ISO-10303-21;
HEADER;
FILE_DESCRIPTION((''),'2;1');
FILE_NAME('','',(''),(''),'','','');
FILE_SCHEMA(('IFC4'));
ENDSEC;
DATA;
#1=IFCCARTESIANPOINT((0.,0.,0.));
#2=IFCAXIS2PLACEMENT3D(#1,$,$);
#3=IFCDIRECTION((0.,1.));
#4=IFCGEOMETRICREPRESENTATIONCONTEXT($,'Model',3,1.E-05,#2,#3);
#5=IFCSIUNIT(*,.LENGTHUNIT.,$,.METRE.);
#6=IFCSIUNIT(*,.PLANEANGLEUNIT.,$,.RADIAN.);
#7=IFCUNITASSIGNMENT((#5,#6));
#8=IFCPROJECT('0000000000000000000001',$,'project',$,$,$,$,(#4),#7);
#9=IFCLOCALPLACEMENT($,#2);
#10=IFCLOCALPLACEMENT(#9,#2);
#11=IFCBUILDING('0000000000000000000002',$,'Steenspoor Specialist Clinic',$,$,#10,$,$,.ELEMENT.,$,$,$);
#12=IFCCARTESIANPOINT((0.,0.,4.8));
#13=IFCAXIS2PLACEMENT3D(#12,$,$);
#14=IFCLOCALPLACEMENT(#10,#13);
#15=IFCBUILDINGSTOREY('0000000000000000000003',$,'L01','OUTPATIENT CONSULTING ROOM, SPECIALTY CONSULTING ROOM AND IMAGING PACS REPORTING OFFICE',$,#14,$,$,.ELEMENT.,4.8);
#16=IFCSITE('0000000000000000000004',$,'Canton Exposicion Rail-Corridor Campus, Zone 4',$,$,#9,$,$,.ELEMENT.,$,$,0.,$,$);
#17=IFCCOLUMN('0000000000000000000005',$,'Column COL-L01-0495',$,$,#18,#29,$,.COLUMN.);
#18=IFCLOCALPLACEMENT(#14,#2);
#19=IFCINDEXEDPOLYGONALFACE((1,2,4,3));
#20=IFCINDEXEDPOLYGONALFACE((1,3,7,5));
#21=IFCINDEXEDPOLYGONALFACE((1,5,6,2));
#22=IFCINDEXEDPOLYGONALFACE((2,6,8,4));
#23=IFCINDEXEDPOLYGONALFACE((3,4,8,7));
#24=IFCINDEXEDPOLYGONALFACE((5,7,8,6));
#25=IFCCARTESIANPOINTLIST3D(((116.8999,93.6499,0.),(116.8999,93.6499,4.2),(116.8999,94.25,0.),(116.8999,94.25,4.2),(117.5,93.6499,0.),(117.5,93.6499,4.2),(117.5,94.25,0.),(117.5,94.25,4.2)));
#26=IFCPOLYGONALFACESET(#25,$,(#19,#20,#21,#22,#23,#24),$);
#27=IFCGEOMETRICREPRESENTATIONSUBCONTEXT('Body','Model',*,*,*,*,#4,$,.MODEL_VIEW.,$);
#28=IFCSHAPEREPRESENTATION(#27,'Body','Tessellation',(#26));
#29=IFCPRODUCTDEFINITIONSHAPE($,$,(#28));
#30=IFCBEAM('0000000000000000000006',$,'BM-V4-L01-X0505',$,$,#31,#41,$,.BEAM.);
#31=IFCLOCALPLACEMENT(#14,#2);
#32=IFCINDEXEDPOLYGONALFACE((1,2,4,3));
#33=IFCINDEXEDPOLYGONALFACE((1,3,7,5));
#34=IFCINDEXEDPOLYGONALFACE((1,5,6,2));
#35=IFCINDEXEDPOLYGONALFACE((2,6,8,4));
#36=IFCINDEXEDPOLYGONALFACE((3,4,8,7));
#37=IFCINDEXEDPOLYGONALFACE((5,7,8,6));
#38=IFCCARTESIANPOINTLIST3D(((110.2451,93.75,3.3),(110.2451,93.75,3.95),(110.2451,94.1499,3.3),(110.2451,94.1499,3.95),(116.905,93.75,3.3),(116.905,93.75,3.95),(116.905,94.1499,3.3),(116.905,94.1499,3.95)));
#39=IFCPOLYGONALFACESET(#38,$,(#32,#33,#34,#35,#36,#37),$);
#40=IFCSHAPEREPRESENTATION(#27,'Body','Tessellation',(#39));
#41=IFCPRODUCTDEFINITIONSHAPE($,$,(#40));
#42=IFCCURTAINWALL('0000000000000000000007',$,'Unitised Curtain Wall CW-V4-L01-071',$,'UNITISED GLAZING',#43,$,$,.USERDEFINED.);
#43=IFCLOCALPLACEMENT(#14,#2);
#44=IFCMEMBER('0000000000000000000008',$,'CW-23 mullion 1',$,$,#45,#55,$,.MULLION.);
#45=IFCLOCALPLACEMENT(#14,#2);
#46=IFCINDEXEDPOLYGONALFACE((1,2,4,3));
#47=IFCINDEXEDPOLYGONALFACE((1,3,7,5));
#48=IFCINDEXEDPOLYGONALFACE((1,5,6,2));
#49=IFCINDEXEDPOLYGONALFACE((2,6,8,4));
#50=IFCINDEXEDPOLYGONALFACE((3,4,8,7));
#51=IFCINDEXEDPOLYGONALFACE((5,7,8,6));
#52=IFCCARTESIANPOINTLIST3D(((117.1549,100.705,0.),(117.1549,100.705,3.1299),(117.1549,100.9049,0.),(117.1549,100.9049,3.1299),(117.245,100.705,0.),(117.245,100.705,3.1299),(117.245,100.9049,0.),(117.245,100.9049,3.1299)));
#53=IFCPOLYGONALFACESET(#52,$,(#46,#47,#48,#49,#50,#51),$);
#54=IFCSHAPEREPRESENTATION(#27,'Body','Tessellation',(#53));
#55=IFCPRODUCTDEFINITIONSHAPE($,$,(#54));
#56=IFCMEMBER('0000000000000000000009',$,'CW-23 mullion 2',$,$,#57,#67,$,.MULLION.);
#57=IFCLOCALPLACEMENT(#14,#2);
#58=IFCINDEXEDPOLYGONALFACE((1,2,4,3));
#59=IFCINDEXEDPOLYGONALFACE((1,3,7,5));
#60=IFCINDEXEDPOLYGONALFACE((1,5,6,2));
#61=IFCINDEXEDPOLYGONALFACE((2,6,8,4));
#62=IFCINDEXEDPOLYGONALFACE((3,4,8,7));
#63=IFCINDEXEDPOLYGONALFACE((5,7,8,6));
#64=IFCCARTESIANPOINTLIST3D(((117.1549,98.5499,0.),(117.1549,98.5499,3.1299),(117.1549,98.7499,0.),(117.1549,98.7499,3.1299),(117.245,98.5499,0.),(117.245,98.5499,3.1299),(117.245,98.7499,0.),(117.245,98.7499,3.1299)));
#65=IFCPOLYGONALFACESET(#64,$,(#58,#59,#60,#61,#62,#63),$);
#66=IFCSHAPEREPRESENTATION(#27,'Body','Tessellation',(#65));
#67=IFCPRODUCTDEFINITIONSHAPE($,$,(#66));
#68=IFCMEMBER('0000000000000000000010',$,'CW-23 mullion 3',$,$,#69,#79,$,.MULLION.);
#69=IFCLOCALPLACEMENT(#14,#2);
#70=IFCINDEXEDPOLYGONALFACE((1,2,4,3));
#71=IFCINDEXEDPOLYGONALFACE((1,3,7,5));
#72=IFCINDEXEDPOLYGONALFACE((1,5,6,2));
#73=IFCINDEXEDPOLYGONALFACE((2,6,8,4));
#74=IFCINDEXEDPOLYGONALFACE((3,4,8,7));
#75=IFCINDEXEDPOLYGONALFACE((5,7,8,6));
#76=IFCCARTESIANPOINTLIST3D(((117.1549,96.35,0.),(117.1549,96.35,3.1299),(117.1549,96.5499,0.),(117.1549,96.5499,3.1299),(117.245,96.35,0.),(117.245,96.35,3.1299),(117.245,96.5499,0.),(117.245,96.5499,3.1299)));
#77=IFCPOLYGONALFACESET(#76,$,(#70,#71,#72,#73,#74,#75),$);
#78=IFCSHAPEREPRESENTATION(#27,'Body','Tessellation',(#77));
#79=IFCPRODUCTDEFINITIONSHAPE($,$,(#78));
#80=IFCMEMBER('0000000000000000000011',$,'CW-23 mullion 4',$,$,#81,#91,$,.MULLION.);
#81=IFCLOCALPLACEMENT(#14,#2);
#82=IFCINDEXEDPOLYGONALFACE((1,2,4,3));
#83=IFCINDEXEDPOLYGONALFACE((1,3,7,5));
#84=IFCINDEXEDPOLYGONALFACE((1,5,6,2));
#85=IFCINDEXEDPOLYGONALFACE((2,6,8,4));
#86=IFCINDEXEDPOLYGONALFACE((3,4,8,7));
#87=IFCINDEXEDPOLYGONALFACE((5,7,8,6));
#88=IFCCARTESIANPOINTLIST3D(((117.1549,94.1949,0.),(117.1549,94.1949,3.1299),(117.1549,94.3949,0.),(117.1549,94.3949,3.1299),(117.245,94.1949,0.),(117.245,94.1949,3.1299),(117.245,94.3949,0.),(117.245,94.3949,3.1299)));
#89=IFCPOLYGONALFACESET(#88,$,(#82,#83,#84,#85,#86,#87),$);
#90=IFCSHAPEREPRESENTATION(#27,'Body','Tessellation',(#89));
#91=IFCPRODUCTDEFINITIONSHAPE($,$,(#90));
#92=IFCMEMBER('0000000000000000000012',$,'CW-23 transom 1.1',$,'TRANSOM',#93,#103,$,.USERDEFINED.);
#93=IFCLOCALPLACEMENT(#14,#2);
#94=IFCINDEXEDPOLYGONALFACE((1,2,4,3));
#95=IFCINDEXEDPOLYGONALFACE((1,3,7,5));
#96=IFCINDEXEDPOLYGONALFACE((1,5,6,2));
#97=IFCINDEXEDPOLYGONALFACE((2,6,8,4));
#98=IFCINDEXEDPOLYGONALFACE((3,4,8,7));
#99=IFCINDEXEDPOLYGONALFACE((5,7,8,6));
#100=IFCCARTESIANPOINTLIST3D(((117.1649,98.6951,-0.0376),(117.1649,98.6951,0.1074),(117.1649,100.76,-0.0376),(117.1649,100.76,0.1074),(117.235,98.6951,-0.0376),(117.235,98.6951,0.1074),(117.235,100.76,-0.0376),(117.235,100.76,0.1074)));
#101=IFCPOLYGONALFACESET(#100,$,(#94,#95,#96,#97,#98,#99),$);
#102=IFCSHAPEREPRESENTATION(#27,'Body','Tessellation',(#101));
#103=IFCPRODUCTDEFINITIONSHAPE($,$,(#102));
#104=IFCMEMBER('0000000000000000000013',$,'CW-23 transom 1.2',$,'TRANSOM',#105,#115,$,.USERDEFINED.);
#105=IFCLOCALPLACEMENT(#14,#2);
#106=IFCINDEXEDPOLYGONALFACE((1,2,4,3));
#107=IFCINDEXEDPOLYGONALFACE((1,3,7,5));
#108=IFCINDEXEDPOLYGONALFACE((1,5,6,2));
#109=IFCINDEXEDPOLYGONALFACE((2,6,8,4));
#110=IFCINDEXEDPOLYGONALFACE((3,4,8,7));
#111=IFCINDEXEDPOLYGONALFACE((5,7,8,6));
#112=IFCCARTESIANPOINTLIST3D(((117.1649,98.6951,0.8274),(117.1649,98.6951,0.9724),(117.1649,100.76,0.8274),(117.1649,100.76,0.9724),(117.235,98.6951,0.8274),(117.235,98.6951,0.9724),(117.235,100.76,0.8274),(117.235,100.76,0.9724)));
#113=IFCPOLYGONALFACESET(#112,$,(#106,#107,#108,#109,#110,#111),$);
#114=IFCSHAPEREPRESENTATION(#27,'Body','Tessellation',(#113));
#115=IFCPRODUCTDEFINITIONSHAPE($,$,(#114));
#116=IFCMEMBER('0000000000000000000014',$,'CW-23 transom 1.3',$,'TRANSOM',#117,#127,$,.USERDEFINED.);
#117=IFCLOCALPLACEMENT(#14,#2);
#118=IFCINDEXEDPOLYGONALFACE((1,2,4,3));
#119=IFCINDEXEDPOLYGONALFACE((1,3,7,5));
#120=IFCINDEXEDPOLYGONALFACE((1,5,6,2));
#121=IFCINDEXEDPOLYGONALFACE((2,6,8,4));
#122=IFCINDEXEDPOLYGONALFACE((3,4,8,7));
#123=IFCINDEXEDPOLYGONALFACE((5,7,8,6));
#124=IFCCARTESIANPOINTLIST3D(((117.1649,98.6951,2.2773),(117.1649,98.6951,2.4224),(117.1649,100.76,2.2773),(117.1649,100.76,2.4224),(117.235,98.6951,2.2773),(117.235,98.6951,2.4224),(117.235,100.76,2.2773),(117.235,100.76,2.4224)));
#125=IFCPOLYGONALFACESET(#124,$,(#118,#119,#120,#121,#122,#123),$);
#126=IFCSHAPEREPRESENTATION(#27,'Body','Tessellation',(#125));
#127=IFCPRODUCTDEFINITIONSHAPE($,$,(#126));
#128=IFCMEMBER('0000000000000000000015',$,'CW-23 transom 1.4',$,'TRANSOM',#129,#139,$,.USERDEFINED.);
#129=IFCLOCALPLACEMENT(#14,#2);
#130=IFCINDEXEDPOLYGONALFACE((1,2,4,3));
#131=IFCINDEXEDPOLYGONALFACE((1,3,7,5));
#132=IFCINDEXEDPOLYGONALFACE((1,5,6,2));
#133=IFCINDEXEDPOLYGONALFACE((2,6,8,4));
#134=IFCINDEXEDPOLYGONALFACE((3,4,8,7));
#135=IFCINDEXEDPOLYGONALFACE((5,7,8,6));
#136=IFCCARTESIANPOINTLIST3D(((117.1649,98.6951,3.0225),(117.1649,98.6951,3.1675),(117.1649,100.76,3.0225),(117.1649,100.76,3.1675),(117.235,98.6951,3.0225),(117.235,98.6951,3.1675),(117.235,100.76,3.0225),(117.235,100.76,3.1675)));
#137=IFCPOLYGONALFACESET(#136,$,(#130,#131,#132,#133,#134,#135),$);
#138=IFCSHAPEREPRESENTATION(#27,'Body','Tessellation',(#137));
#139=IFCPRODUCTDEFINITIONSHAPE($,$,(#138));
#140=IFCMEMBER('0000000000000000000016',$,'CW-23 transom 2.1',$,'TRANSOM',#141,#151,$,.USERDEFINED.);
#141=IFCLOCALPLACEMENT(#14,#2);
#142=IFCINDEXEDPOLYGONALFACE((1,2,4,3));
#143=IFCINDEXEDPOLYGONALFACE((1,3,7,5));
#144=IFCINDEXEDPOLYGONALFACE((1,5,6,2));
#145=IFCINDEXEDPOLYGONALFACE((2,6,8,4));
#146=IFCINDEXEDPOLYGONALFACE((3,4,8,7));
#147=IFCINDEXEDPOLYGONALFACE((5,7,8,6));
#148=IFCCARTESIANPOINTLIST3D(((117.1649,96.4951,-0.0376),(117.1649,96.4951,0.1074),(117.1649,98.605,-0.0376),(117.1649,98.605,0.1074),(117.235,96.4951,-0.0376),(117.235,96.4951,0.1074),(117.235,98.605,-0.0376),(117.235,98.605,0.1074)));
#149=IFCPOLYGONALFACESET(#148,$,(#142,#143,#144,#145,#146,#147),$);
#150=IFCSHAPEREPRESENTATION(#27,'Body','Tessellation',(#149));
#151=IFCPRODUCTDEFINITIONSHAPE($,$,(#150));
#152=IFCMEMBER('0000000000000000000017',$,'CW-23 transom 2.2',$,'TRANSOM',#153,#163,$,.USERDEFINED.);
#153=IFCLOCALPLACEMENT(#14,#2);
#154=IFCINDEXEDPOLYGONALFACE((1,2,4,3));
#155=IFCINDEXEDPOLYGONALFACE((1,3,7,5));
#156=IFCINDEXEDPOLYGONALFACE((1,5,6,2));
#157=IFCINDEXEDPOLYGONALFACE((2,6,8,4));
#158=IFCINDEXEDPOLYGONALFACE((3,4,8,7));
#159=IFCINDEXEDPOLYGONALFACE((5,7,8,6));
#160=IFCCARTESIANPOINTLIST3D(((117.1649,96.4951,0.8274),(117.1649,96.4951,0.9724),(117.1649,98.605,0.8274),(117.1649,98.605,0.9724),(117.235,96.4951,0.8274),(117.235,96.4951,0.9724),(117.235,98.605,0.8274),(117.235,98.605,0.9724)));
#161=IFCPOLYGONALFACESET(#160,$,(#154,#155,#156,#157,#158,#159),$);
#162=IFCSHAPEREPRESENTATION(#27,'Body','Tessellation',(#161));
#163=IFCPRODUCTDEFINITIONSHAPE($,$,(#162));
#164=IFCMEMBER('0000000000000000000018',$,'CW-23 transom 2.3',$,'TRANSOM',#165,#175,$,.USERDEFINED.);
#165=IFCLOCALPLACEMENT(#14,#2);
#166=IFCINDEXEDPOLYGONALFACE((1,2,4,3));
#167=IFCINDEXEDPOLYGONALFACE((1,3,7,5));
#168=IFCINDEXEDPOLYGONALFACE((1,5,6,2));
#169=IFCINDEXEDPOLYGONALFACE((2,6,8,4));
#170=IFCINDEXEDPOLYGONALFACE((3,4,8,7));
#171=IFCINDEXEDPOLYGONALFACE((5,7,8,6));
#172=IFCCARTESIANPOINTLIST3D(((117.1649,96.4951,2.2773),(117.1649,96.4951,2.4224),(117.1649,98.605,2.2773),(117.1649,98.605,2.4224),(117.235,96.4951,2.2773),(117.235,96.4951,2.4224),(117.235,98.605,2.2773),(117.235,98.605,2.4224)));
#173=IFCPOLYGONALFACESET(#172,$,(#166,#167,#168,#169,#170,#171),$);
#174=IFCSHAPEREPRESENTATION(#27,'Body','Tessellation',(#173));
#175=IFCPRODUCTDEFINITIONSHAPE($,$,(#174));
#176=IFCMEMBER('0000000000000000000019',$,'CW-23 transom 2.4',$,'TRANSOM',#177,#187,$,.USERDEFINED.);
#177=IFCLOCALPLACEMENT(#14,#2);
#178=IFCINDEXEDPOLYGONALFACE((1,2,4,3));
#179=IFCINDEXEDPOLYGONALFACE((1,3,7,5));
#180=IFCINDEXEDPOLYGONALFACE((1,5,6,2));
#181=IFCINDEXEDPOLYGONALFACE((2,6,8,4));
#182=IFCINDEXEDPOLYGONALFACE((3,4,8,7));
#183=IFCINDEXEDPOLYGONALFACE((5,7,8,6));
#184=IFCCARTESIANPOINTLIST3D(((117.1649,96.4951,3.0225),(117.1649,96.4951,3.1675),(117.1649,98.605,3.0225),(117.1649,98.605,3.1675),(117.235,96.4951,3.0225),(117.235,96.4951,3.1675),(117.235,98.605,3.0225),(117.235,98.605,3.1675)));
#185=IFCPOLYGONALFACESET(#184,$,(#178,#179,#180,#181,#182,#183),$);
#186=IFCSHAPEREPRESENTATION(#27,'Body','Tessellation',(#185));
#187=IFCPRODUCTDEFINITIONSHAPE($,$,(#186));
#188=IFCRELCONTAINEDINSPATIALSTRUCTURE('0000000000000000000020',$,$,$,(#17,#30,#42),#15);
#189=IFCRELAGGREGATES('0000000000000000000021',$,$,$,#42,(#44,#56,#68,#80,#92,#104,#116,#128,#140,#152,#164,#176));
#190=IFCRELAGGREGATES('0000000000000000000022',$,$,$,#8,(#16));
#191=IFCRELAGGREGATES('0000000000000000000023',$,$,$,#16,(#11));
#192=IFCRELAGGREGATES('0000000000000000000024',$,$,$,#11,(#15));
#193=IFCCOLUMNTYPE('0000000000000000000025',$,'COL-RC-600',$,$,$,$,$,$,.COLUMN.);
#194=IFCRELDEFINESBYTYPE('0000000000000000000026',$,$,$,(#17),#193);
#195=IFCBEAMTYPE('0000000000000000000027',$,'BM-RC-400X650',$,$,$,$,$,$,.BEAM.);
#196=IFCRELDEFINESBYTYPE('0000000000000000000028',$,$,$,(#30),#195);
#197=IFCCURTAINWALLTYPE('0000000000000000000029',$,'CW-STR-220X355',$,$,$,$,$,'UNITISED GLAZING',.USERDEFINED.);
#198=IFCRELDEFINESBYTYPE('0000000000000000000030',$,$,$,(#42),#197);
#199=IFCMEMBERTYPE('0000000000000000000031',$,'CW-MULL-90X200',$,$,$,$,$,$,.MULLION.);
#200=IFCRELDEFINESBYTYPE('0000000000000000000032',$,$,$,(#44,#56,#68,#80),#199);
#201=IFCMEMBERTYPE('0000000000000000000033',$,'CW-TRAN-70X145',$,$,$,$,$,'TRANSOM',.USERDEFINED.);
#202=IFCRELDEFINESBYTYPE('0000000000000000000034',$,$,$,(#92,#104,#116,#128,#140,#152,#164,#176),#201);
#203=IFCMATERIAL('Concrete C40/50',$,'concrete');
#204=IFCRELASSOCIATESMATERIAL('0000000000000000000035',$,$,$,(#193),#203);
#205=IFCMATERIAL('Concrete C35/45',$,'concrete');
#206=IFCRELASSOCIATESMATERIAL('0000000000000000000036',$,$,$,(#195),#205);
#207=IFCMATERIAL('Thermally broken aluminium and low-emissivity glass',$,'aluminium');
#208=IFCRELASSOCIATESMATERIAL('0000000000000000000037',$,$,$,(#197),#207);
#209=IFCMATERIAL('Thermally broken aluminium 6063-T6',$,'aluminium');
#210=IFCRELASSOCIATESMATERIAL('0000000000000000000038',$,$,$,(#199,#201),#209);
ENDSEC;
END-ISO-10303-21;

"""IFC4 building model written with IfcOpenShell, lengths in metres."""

from ifc_helpers import new_model, si_unit, direction, frame, origin, origin_2d, place, context, subcontext, project, spatial, rectangle, extrude, material, material_profile, profile_set, type_object, element, aggregate, save


model = new_model("IFC4")

# Units and contexts
model_context = context("Model", 3, precision=1e-05, world=origin(), true_north=direction((0.0, 1.0)))
body_context = subcontext(model_context, "Body", "Model", "MODEL_VIEW")
ifc_project = project(units=[si_unit("LENGTHUNIT", "METRE"), si_unit("PLANEANGLEUNIT", "RADIAN")], contexts=[model_context])

# Site, building, storey
site_placement = place(None, origin())
site = spatial("IfcSite", under=ifc_project, at=site_placement, Name="Canton Exposicion Rail-Corridor Campus, Zone 4", CompositionType="ELEMENT", RefElevation=0.0)
building_placement = place(site_placement, origin())
building = spatial("IfcBuilding", under=site, at=building_placement, Name="Steenspoor Specialist Clinic", CompositionType="ELEMENT")
storey_placement = place(building_placement, frame((0.0, 0.0, 4.8)))
storey = spatial("IfcBuildingStorey", under=building, at=storey_placement, Name="L01", Description="OUTPATIENT CONSULTING ROOM, SPECIALTY CONSULTING ROOM AND IMAGING PACS REPORTING OFFICE", CompositionType="ELEMENT", Elevation=4.8)

# Column
ifc_material_1 = material(Name="Concrete C40/50", Category="concrete")
ifc_material_profile_1 = material_profile(ifc_material_1, rectangle(XDim=0.6001, YDim=0.6001, at=origin_2d()), Name="RC-COL-600X600")
ifc_profile_set_1 = profile_set([ifc_material_profile_1], Name="Concrete C40/50")
column_type = type_object("IfcColumnType", Name="COL-RC-600", PredefinedType="COLUMN", material=ifc_profile_set_1)
column_placement = place(storey_placement, frame((117.2, 93.95, 0.0), z_axis=(0.0, 0.0, 1.0), x_axis=(1.0, 0.0, 0.0)))
element("IfcColumn", 1, at=column_placement, inside=storey, type_object=column_type, Name="Column COL-L01-0495", PredefinedType="COLUMN", context=body_context, shape_type="SweptSolid", body=[
    extrude(rectangle(XDim=0.6001, YDim=0.6001, at=origin_2d()), origin(), (0.0, 0.0, 1.0), 4.2),
])

# Beam
ifc_material_2 = material(Name="Concrete C35/45", Category="concrete")
ifc_material_profile_2 = material_profile(ifc_material_2, rectangle(XDim=0.3999, YDim=0.6499, at=origin_2d()), Name="RC-BM-400X650")
ifc_profile_set_2 = profile_set([ifc_material_profile_2], Name="Concrete C35/45")
beam_type_1 = type_object("IfcBeamType", Name="BM-RC-400X650", PredefinedType="BEAM", material=ifc_profile_set_2)
beam_1_placement = place(storey_placement, frame((110.2451, 93.95, 3.625), z_axis=(1.0, 0.0, 0.0), x_axis=(0.0, 1.0, 0.0)))
element("IfcBeam", 2, at=beam_1_placement, inside=storey, type_object=beam_type_1, Name="BM-V4-L01-X0505", PredefinedType="BEAM", context=body_context, shape_type="SweptSolid", body=[
    extrude(rectangle(XDim=0.3999, YDim=0.6499, at=origin_2d()), origin(), (0.0, 0.0, 1.0), 6.6599),
])

# Curtain wall, members
ifc_material_3 = material(Name="Thermally broken aluminium and low-emissivity glass", Category="aluminium")
curtain_wall_type = type_object("IfcCurtainWallType", Name="CW-STR-220X355", ElementType="UNITISED GLAZING", PredefinedType="USERDEFINED", material=ifc_material_3)
curtain_wall_placement = place(storey_placement, origin())
curtain_wall = element("IfcCurtainWall", 3, at=curtain_wall_placement, inside=storey, type_object=curtain_wall_type, Name="Unitised Curtain Wall CW-V4-L01-071", ObjectType="UNITISED GLAZING", PredefinedType="USERDEFINED")
ifc_material_4 = material(Name="Thermally broken aluminium 6063-T6", Category="aluminium")
ifc_material_profile_3 = material_profile(ifc_material_4, rectangle(XDim=0.0901, YDim=0.2, at=origin_2d()), Name="CWM-90X200")
ifc_profile_set_3 = profile_set([ifc_material_profile_3], Name="Thermally broken aluminium 6063-T6")
member_type_1 = type_object("IfcMemberType", Name="CW-MULL-90X200", PredefinedType="MULLION", material=ifc_profile_set_3)
member_1_placement = place(storey_placement, frame((117.2, 100.8049, 0.0), z_axis=(0.0, 0.0, 1.0), x_axis=(1.0, 0.0, 0.0)))
member_1 = element("IfcMember", 4, at=member_1_placement, type_object=member_type_1, Name="CW-23 mullion 1", PredefinedType="MULLION", context=body_context, shape_type="SweptSolid", body=[
    extrude(rectangle(XDim=0.0901, YDim=0.2, at=origin_2d()), origin(), (0.0, 0.0, 1.0), 3.1299),
])
member_2_placement = place(storey_placement, frame((117.2, 98.6499, 0.0), z_axis=(0.0, 0.0, 1.0), x_axis=(1.0, 0.0, 0.0)))
member_2 = element("IfcMember", 5, at=member_2_placement, type_object=member_type_1, Name="CW-23 mullion 2", PredefinedType="MULLION", context=body_context, shape_type="SweptSolid", body=[
    extrude(rectangle(XDim=0.0901, YDim=0.2, at=origin_2d()), origin(), (0.0, 0.0, 1.0), 3.1299),
])
member_3_placement = place(storey_placement, frame((117.2, 96.45, 0.0), z_axis=(0.0, 0.0, 1.0), x_axis=(1.0, 0.0, 0.0)))
member_3 = element("IfcMember", 6, at=member_3_placement, type_object=member_type_1, Name="CW-23 mullion 3", PredefinedType="MULLION", context=body_context, shape_type="SweptSolid", body=[
    extrude(rectangle(XDim=0.0901, YDim=0.2, at=origin_2d()), origin(), (0.0, 0.0, 1.0), 3.1299),
])
member_4_placement = place(storey_placement, frame((117.2, 94.2949, 0.0), z_axis=(0.0, 0.0, 1.0), x_axis=(1.0, 0.0, 0.0)))
member_4 = element("IfcMember", 7, at=member_4_placement, type_object=member_type_1, Name="CW-23 mullion 4", PredefinedType="MULLION", context=body_context, shape_type="SweptSolid", body=[
    extrude(rectangle(XDim=0.0901, YDim=0.2, at=origin_2d()), origin(), (0.0, 0.0, 1.0), 3.1299),
])
ifc_material_profile_4 = material_profile(ifc_material_4, rectangle(XDim=0.0701, YDim=0.145, at=origin_2d()), Name="CWT-70X145")
ifc_profile_set_4 = profile_set([ifc_material_profile_4], Name="Thermally broken aluminium 6063-T6")
member_type_2 = type_object("IfcMemberType", Name="CW-TRAN-70X145", ElementType="TRANSOM", PredefinedType="USERDEFINED", material=ifc_profile_set_4)
member_5_placement = place(storey_placement, frame((117.2, 100.76, 0.0349), z_axis=(0.0, -1.0, 0.0), x_axis=(1.0, 0.0, 0.0)))
member_5 = element("IfcMember", 8, at=member_5_placement, type_object=member_type_2, Name="CW-23 transom 1.1", ObjectType="TRANSOM", PredefinedType="USERDEFINED", context=body_context, shape_type="SweptSolid", body=[
    extrude(rectangle(XDim=0.0701, YDim=0.145, at=origin_2d()), origin(), (0.0, 0.0, 1.0), 2.0649),
])
member_6_placement = place(storey_placement, frame((117.2, 100.76, 0.8999), z_axis=(0.0, -1.0, 0.0), x_axis=(1.0, 0.0, 0.0)))
member_6 = element("IfcMember", 9, at=member_6_placement, type_object=member_type_2, Name="CW-23 transom 1.2", ObjectType="TRANSOM", PredefinedType="USERDEFINED", context=body_context, shape_type="SweptSolid", body=[
    extrude(rectangle(XDim=0.0701, YDim=0.145, at=origin_2d()), origin(), (0.0, 0.0, 1.0), 2.0649),
])
member_7_placement = place(storey_placement, frame((117.2, 100.76, 2.3499), z_axis=(0.0, -1.0, 0.0), x_axis=(1.0, 0.0, 0.0)))
member_7 = element("IfcMember", 10, at=member_7_placement, type_object=member_type_2, Name="CW-23 transom 1.3", ObjectType="TRANSOM", PredefinedType="USERDEFINED", context=body_context, shape_type="SweptSolid", body=[
    extrude(rectangle(XDim=0.0701, YDim=0.145, at=origin_2d()), origin(), (0.0, 0.0, 1.0), 2.0649),
])
member_8_placement = place(storey_placement, frame((117.2, 100.76, 3.095), z_axis=(0.0, -1.0, 0.0), x_axis=(1.0, 0.0, 0.0)))
member_8 = element("IfcMember", 11, at=member_8_placement, type_object=member_type_2, Name="CW-23 transom 1.4", ObjectType="TRANSOM", PredefinedType="USERDEFINED", context=body_context, shape_type="SweptSolid", body=[
    extrude(rectangle(XDim=0.0701, YDim=0.145, at=origin_2d()), origin(), (0.0, 0.0, 1.0), 2.0649),
])
member_9_placement = place(storey_placement, frame((117.2, 98.605, 0.0349), z_axis=(0.0, -1.0, 0.0), x_axis=(1.0, 0.0, 0.0)))
member_9 = element("IfcMember", 12, at=member_9_placement, type_object=member_type_2, Name="CW-23 transom 2.1", ObjectType="TRANSOM", PredefinedType="USERDEFINED", context=body_context, shape_type="SweptSolid", body=[
    extrude(rectangle(XDim=0.0701, YDim=0.145, at=origin_2d()), origin(), (0.0, 0.0, 1.0), 2.1099),
])
member_10_placement = place(storey_placement, frame((117.2, 98.605, 0.8999), z_axis=(0.0, -1.0, 0.0), x_axis=(1.0, 0.0, 0.0)))
member_10 = element("IfcMember", 13, at=member_10_placement, type_object=member_type_2, Name="CW-23 transom 2.2", ObjectType="TRANSOM", PredefinedType="USERDEFINED", context=body_context, shape_type="SweptSolid", body=[
    extrude(rectangle(XDim=0.0701, YDim=0.145, at=origin_2d()), origin(), (0.0, 0.0, 1.0), 2.1099),
])
member_11_placement = place(storey_placement, frame((117.2, 98.605, 2.3499), z_axis=(0.0, -1.0, 0.0), x_axis=(1.0, 0.0, 0.0)))
member_11 = element("IfcMember", 14, at=member_11_placement, type_object=member_type_2, Name="CW-23 transom 2.3", ObjectType="TRANSOM", PredefinedType="USERDEFINED", context=body_context, shape_type="SweptSolid", body=[
    extrude(rectangle(XDim=0.0701, YDim=0.145, at=origin_2d()), origin(), (0.0, 0.0, 1.0), 2.1099),
])
member_12_placement = place(storey_placement, frame((117.2, 98.605, 3.095), z_axis=(0.0, -1.0, 0.0), x_axis=(1.0, 0.0, 0.0)))
member_12 = element("IfcMember", 15, at=member_12_placement, type_object=member_type_2, Name="CW-23 transom 2.4", ObjectType="TRANSOM", PredefinedType="USERDEFINED", context=body_context, shape_type="SweptSolid", body=[
    extrude(rectangle(XDim=0.0701, YDim=0.145, at=origin_2d()), origin(), (0.0, 0.0, 1.0), 2.1099),
])

aggregate(curtain_wall, [member_1, member_2, member_3, member_4, member_5, member_6, member_7, member_8, member_9, member_10, member_11, member_12])

save(model, "model.ifc")
